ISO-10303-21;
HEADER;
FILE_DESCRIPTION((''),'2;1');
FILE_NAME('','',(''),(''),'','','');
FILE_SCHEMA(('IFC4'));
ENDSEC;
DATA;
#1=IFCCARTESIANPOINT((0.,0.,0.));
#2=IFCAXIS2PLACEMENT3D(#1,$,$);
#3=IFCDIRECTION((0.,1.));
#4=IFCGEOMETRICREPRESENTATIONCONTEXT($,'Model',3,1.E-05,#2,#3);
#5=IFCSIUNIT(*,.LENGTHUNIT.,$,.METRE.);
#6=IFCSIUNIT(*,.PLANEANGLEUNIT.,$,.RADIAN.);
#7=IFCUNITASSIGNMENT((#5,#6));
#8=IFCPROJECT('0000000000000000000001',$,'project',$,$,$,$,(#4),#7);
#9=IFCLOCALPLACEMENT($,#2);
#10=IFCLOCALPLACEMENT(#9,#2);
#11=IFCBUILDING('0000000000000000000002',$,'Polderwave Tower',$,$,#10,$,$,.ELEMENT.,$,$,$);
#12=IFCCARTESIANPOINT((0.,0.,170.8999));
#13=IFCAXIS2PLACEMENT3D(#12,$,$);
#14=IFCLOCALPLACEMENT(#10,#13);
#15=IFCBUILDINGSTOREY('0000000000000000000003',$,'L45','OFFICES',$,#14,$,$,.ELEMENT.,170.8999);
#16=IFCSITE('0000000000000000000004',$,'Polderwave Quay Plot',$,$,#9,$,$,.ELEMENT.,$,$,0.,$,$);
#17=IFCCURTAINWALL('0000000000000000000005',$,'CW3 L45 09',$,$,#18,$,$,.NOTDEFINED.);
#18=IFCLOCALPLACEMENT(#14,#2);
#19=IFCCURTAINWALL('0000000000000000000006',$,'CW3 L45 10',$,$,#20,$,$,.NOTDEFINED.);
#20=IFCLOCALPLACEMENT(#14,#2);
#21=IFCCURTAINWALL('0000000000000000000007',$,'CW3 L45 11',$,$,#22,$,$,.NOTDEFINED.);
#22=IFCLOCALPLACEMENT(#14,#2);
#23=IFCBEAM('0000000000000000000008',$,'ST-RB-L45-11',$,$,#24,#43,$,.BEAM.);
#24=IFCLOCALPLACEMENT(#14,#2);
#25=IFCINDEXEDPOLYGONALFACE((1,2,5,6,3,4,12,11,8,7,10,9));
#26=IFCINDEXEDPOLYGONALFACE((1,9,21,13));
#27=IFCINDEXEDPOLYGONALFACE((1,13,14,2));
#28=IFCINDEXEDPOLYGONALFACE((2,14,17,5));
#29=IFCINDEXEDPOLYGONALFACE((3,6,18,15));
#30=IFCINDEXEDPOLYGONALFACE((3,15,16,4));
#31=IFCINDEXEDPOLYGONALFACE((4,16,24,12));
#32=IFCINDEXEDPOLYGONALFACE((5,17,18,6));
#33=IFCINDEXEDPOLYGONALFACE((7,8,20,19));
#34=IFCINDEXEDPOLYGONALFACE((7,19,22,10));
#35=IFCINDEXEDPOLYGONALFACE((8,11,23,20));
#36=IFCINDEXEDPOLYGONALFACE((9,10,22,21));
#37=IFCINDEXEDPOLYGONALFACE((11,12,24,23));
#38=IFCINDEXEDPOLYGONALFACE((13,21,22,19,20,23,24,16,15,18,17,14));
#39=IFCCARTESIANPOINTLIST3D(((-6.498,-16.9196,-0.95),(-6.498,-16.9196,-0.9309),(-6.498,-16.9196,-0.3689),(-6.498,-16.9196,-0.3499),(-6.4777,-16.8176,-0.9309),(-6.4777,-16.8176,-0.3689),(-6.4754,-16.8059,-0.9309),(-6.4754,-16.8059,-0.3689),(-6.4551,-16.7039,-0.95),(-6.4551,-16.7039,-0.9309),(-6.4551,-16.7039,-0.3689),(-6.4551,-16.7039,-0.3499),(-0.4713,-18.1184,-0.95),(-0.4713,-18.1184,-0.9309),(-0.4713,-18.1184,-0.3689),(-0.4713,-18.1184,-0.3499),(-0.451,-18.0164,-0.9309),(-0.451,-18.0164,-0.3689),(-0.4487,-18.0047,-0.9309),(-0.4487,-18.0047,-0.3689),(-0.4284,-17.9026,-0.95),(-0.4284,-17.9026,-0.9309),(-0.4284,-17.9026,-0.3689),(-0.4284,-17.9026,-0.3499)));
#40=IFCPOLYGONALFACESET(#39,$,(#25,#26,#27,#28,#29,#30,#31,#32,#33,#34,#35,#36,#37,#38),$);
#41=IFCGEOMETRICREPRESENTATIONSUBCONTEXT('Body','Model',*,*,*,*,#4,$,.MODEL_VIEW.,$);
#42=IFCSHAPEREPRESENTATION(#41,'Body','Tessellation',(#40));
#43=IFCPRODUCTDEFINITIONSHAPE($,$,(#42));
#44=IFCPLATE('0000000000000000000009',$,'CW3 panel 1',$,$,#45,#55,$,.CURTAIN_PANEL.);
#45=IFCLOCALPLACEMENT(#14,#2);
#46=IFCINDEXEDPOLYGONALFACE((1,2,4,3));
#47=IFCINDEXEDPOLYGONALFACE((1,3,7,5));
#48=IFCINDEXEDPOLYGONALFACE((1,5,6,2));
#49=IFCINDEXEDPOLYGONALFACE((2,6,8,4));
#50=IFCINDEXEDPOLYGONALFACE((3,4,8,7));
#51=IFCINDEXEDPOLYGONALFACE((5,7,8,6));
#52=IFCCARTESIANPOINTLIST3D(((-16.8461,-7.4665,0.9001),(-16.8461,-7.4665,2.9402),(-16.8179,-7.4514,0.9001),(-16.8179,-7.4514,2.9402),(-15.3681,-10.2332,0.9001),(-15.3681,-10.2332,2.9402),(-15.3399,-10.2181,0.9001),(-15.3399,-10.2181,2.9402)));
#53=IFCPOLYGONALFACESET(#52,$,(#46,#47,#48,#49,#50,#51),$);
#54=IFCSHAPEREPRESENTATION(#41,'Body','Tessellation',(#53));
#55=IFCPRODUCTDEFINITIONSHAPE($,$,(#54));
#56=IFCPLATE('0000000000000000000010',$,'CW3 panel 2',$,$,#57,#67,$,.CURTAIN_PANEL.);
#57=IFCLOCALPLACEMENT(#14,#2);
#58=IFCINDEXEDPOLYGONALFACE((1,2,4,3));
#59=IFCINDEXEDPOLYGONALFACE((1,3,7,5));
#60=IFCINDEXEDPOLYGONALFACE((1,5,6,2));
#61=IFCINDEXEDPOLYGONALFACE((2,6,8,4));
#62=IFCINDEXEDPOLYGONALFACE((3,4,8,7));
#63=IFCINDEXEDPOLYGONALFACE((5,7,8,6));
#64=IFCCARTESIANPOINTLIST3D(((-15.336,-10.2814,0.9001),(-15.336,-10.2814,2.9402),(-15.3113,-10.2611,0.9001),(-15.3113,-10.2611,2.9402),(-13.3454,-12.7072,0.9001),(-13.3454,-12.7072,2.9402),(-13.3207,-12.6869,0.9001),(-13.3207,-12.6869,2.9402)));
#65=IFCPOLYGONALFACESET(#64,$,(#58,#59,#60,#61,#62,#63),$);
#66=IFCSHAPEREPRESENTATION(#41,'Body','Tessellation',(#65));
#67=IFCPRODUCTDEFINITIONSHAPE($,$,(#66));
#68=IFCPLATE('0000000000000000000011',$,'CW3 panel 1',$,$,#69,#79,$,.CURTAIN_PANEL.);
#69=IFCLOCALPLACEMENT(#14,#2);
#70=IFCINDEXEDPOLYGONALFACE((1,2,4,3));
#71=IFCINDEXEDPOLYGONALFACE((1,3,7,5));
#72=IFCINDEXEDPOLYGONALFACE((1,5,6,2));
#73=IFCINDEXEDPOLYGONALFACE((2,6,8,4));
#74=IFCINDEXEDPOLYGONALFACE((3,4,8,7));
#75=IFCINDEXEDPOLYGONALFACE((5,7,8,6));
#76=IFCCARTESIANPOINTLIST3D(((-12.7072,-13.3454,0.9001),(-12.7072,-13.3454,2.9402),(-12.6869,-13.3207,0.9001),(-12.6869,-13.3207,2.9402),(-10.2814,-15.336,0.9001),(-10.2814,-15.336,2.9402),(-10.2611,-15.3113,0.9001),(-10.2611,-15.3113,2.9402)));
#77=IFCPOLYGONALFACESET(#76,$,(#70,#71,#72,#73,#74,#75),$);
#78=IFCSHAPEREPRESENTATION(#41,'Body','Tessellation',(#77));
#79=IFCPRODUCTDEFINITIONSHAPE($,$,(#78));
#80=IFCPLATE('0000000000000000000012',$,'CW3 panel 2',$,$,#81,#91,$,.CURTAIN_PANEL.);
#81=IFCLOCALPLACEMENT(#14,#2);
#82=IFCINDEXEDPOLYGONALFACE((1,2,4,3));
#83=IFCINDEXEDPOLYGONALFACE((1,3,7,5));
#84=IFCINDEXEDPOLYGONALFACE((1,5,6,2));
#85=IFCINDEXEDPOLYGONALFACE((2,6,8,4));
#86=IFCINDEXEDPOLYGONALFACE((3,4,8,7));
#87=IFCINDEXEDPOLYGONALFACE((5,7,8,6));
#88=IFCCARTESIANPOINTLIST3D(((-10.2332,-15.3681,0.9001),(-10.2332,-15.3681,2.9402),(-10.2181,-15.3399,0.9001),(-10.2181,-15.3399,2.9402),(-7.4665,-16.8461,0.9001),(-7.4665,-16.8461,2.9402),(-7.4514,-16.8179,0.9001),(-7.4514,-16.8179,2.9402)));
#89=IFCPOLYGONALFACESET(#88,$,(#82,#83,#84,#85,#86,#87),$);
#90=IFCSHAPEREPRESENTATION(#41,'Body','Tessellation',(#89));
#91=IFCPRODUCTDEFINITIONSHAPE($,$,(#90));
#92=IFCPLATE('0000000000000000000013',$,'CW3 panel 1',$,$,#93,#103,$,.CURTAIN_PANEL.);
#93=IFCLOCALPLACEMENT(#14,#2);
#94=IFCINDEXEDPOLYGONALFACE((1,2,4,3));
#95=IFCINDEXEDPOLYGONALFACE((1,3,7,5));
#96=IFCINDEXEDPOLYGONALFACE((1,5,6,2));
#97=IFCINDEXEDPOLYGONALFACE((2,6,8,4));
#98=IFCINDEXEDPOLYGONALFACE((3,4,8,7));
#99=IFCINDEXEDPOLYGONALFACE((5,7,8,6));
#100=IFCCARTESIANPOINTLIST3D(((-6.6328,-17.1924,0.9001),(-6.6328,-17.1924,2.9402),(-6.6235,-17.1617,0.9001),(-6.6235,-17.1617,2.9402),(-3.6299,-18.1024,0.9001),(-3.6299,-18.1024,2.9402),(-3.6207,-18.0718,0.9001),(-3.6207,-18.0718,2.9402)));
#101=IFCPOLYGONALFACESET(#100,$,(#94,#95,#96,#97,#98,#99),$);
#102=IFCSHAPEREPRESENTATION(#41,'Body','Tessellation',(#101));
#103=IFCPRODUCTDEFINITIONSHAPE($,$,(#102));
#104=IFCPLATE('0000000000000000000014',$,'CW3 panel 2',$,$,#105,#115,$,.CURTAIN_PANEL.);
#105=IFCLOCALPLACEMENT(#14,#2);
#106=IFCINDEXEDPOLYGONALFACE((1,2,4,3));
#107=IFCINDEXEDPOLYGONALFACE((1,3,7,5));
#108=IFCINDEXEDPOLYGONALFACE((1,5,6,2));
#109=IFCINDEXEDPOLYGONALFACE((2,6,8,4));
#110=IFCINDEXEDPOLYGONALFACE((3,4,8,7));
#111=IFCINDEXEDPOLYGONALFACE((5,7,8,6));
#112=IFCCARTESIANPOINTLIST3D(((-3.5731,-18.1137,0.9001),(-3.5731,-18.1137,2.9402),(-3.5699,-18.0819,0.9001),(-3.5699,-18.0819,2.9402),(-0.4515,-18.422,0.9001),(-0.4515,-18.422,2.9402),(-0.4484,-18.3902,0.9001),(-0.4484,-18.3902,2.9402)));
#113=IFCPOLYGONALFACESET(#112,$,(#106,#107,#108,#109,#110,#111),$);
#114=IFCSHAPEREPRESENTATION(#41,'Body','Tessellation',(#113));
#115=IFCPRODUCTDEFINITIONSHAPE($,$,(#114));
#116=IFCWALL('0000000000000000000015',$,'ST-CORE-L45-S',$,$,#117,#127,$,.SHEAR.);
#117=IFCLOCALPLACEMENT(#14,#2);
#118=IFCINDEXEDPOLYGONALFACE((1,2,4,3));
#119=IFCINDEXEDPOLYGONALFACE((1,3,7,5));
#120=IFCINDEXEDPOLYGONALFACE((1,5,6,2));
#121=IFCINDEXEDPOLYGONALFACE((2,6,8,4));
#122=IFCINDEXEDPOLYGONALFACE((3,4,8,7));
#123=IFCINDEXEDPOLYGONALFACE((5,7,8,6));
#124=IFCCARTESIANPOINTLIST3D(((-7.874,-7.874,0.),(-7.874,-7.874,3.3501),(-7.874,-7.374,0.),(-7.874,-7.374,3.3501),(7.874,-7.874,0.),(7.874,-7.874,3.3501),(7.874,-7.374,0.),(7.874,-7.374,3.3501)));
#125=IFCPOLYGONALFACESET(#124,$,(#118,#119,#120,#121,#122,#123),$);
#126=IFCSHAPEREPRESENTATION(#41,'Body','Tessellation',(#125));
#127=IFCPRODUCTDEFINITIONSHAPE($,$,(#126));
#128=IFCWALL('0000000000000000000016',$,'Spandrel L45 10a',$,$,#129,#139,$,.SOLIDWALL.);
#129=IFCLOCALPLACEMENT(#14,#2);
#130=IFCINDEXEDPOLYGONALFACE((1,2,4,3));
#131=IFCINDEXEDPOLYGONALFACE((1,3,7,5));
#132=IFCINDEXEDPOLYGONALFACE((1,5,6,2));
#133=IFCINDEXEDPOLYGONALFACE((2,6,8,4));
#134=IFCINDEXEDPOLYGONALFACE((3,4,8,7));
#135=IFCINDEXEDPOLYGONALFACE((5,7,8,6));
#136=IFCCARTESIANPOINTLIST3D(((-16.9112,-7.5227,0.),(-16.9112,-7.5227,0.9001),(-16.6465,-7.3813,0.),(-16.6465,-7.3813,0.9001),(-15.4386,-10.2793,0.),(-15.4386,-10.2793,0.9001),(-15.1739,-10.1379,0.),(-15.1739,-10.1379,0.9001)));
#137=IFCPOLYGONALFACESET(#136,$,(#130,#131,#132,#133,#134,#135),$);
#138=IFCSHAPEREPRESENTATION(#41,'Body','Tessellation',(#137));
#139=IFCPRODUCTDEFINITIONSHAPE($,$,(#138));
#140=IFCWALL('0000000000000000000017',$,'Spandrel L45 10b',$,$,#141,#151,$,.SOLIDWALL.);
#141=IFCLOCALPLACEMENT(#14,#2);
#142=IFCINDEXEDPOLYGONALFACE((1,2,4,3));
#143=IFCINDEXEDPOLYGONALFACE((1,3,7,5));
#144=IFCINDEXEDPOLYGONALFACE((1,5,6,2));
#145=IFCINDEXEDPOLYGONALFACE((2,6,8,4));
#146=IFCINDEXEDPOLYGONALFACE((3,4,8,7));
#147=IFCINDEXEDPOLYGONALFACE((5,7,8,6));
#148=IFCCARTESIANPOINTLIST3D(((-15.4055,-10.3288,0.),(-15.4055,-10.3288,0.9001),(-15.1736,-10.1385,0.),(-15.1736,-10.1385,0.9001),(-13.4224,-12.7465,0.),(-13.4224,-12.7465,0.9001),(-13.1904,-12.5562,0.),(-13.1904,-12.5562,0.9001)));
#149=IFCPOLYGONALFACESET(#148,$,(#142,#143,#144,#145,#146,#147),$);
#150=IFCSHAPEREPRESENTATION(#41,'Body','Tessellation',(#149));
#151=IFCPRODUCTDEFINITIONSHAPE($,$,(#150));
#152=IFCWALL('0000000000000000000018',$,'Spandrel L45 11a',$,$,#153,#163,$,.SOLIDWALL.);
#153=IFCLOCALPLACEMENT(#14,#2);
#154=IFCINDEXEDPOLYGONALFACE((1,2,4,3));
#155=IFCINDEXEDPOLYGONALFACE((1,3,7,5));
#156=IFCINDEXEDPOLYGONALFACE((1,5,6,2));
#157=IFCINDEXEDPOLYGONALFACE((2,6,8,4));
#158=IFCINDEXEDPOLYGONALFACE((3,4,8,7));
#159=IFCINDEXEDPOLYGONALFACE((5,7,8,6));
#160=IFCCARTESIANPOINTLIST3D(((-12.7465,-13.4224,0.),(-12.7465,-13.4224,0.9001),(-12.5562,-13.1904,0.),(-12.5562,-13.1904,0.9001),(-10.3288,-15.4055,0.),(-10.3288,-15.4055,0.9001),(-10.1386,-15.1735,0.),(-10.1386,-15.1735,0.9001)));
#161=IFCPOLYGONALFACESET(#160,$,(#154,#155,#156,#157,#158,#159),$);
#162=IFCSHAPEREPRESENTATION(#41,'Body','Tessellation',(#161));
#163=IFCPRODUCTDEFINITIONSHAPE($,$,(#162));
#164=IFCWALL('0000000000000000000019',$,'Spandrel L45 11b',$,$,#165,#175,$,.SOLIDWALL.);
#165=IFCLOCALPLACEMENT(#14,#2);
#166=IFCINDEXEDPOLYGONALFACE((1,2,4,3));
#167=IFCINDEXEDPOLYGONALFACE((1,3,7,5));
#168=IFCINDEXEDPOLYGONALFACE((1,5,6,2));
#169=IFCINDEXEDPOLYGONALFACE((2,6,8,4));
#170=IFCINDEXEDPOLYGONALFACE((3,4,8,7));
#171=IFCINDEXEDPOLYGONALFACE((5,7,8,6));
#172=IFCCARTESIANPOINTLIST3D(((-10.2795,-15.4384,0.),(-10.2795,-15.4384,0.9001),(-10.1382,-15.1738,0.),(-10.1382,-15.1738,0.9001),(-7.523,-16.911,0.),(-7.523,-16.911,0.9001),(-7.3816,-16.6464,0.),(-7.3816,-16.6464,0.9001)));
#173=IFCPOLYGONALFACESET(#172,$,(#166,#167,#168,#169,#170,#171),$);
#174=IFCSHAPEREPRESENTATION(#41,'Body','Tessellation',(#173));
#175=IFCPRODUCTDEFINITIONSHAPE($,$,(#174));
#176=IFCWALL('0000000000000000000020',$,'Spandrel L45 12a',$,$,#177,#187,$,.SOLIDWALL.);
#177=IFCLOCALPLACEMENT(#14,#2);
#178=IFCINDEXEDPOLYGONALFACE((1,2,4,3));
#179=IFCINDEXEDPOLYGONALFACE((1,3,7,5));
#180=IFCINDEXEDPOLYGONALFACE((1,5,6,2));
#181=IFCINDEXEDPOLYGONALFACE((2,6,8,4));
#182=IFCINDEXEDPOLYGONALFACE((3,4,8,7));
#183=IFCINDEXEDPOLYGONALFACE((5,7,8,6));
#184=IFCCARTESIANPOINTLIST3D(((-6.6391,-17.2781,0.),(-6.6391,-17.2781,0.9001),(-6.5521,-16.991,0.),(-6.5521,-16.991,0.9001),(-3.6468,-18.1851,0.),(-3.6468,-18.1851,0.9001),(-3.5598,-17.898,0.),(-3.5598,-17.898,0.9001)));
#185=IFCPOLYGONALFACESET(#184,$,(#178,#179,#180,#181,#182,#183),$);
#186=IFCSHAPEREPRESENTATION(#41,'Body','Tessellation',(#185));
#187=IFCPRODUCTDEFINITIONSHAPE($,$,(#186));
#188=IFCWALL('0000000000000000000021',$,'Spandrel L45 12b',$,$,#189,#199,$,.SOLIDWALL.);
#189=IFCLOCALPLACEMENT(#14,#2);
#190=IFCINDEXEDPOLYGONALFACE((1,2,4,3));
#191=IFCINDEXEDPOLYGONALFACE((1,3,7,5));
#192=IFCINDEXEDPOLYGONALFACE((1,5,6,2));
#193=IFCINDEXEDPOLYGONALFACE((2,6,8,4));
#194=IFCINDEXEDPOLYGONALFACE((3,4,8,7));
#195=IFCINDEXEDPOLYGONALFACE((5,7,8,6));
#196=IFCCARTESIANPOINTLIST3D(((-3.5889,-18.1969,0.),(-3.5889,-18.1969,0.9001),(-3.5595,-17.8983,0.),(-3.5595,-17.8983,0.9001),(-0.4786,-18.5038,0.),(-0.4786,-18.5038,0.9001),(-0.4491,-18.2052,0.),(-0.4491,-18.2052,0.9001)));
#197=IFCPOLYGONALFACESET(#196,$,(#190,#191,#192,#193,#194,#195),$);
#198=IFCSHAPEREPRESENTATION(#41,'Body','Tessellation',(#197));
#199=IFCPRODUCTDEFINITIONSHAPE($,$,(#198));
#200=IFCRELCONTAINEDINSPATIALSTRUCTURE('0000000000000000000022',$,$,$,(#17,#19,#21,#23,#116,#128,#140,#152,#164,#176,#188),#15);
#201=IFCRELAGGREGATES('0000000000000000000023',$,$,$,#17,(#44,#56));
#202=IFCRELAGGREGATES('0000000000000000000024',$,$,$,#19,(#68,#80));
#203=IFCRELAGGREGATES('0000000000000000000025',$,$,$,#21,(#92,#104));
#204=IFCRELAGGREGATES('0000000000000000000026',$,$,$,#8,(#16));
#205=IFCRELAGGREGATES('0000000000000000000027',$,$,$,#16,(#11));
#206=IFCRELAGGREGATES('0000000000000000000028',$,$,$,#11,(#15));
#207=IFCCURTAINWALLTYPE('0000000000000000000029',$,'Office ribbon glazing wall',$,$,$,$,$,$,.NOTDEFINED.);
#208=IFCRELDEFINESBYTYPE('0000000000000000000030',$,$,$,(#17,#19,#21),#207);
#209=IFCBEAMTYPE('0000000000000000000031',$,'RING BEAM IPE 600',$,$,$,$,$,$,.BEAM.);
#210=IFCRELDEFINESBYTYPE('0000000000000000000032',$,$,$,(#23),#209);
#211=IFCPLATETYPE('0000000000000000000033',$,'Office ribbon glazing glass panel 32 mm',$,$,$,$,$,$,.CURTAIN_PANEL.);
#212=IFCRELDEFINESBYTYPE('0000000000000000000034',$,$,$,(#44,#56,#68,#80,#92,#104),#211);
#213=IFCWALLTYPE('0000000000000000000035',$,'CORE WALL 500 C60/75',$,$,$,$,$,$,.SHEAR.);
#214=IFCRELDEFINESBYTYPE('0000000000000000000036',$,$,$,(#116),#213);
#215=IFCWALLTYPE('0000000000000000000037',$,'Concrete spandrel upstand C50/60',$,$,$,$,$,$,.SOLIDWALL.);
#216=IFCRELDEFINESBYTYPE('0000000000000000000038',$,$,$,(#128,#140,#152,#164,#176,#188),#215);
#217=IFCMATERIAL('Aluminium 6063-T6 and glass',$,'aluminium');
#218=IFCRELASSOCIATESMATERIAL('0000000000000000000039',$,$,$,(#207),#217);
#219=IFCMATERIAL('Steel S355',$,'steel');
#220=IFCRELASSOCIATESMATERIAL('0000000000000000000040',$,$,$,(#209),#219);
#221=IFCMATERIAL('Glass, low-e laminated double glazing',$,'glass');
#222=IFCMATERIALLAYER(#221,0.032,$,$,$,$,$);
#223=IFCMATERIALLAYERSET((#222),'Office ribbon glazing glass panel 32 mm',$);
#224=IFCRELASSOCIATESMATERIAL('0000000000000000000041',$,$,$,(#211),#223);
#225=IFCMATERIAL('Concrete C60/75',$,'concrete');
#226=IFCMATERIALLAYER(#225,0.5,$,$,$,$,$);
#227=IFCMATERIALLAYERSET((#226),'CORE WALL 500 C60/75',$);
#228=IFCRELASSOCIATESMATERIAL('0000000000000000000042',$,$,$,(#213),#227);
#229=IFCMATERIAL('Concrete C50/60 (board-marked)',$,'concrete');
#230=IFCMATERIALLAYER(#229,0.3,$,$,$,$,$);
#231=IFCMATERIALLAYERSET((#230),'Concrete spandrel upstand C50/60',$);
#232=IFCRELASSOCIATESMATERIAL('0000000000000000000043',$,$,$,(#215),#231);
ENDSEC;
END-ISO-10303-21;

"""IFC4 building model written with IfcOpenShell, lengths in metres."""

from ifc_helpers import new_model, si_unit, direction, frame, frame_2d, origin, origin_2d, place, context, subcontext, project, spatial, rectangle, i_section, extrude, material, layer, layer_set, material_profile, profile_set, type_object, element, aggregate, save


model = new_model("IFC4")

# Units and contexts
model_context = context("Model", 3, precision=1e-05, world=origin(), true_north=direction((0.0, 1.0)))
body_context = subcontext(model_context, "Body", "Model", "MODEL_VIEW")
ifc_project = project(units=[si_unit("LENGTHUNIT", "METRE"), si_unit("PLANEANGLEUNIT", "RADIAN")], contexts=[model_context])

# Site, building, storey
site_placement = place(None, origin())
site = spatial("IfcSite", under=ifc_project, at=site_placement, Name="Polderwave Quay Plot", CompositionType="ELEMENT", RefElevation=0.0)
building_placement = place(site_placement, origin())
building = spatial("IfcBuilding", under=site, at=building_placement, Name="Polderwave Tower", CompositionType="ELEMENT")
storey_placement = place(building_placement, frame((0.0, 0.0, 170.8999)))
storey = spatial("IfcBuildingStorey", under=building, at=storey_placement, Name="L45", Description="OFFICES", CompositionType="ELEMENT", Elevation=170.8999)

# Shared definitions
ifc_material_1 = material(Name="Concrete C60/75", Category="concrete")

# Curtain walls
ifc_material_2 = material(Name="Aluminium 6063-T6 and glass", Category="aluminium")
curtain_wall_type = type_object("IfcCurtainWallType", Name="Office ribbon glazing wall", PredefinedType="NOTDEFINED", material=ifc_material_2)
curtain_wall_1_placement = place(storey_placement, origin())
curtain_wall_1 = element("IfcCurtainWall", 1, at=curtain_wall_1_placement, inside=storey, type_object=curtain_wall_type, Name="CW3 L45 09", PredefinedType="NOTDEFINED")
curtain_wall_2_placement = place(storey_placement, origin())
curtain_wall_2 = element("IfcCurtainWall", 2, at=curtain_wall_2_placement, inside=storey, type_object=curtain_wall_type, Name="CW3 L45 10", PredefinedType="NOTDEFINED")
curtain_wall_3_placement = place(storey_placement, origin())
curtain_wall_3 = element("IfcCurtainWall", 3, at=curtain_wall_3_placement, inside=storey, type_object=curtain_wall_type, Name="CW3 L45 11", PredefinedType="NOTDEFINED")

# Beam
ifc_material_3 = material(Name="Steel S355", Category="steel")
ifc_material_profile_1 = material_profile(ifc_material_3, i_section(OverallWidth=0.22, OverallDepth=0.6001, WebThickness=0.012, FlangeThickness=0.019, at=origin_2d()), Name="IPE 600")
ifc_profile_set_1 = profile_set([ifc_material_profile_1], Name="Steel S355")
beam_type = type_object("IfcBeamType", Name="RING BEAM IPE 600", PredefinedType="BEAM", material=ifc_profile_set_1)
for number, where, z_axis, x_axis, name in (
    (4, (-6.4766, -16.8118, -0.6499), (0.980786, -0.195085, 0.0), (0.195085, 0.980786, 0.0), "ST-RB-L45-11"),
):
    element("IfcBeam", number, at=place(storey_placement, frame(where, z_axis=z_axis, x_axis=x_axis)), inside=storey, type_object=beam_type, Name=name, PredefinedType="BEAM", context=body_context, shape_type="SweptSolid", body=[
        extrude(i_section(OverallWidth=0.22, OverallDepth=0.6001, WebThickness=0.012, FlangeThickness=0.019, at=origin_2d()), origin(), (0.0, 0.0, 1.0), 6.1448),
    ])

# Plates
ifc_material_4 = material(Name="Glass, low-e laminated double glazing", Category="glass")
ifc_layer_1 = layer(ifc_material_4, 0.032)
ifc_layer_set_1 = layer_set([ifc_layer_1], Name="Office ribbon glazing glass panel 32 mm")
plate_type = type_object("IfcPlateType", Name="Office ribbon glazing glass panel 32 mm", PredefinedType="CURTAIN_PANEL", material=ifc_layer_set_1)
plate_1_placement = place(storey_placement, frame((-16.093, -8.8423, 0.9001), z_axis=(0.0, 0.0, 1.0), x_axis=(0.471195, -0.882029, 0.0)))
plate_1 = element("IfcPlate", 5, at=plate_1_placement, type_object=plate_type, Name="CW3 panel 1", PredefinedType="CURTAIN_PANEL", context=body_context, shape_type="SweptSolid", body=[
    extrude(rectangle(XDim=3.1367, YDim=0.032, at=origin_2d()), origin(), (0.0, 0.0, 1.0), 2.04),
])
plate_2_placement = place(storey_placement, frame((-14.3284, -11.4841, 0.9001), z_axis=(0.0, 0.0, 1.0), x_axis=(0.634356, -0.773041, 0.0)))
plate_2 = element("IfcPlate", 6, at=plate_2_placement, type_object=plate_type, Name="CW3 panel 2", PredefinedType="CURTAIN_PANEL", context=body_context, shape_type="SweptSolid", body=[
    extrude(rectangle(XDim=3.1379, YDim=0.032, at=origin_2d()), origin(), (0.0, 0.0, 1.0), 2.04),
])
aggregate(curtain_wall_1, [plate_1, plate_2])
plate_3_placement = place(storey_placement, frame((-11.4841, -14.3284, 0.9001), z_axis=(0.0, 0.0, 1.0), x_axis=(0.773041, -0.634356, 0.0)))
plate_3 = element("IfcPlate", 7, at=plate_3_placement, type_object=plate_type, Name="CW3 panel 1", PredefinedType="CURTAIN_PANEL", context=body_context, shape_type="SweptSolid", body=[
    extrude(rectangle(XDim=3.1379, YDim=0.032, at=origin_2d()), origin(), (0.0, 0.0, 1.0), 2.04),
])
plate_4_placement = place(storey_placement, frame((-8.8423, -16.093, 0.9001), z_axis=(0.0, 0.0, 1.0), x_axis=(0.882029, -0.471195, 0.0)))
plate_4 = element("IfcPlate", 8, at=plate_4_placement, type_object=plate_type, Name="CW3 panel 2", PredefinedType="CURTAIN_PANEL", context=body_context, shape_type="SweptSolid", body=[
    extrude(rectangle(XDim=3.1367, YDim=0.032, at=origin_2d()), origin(), (0.0, 0.0, 1.0), 2.04),
])
aggregate(curtain_wall_2, [plate_3, plate_4])
plate_5_placement = place(storey_placement, frame((-5.1267, -17.6321, 0.9001), z_axis=(0.0, 0.0, 1.0), x_axis=(0.957014, -0.290042, 0.0)))
plate_5 = element("IfcPlate", 9, at=plate_5_placement, type_object=plate_type, Name="CW3 panel 1", PredefinedType="CURTAIN_PANEL", context=body_context, shape_type="SweptSolid", body=[
    extrude(rectangle(XDim=3.1377, YDim=0.032, at=origin_2d()), origin(), (0.0, 0.0, 1.0), 2.04),
])
plate_6_placement = place(storey_placement, frame((-2.0107, -18.252, 0.9001), z_axis=(0.0, 0.0, 1.0), x_axis=(0.995159, -0.098283, 0.0)))
plate_6 = element("IfcPlate", 10, at=plate_6_placement, type_object=plate_type, Name="CW3 panel 2", PredefinedType="CURTAIN_PANEL", context=body_context, shape_type="SweptSolid", body=[
    extrude(rectangle(XDim=3.1367, YDim=0.032, at=origin_2d()), origin(), (0.0, 0.0, 1.0), 2.04),
])
aggregate(curtain_wall_3, [plate_5, plate_6])

# Walls
ifc_layer_2 = layer(ifc_material_1, 0.5)
ifc_layer_set_2 = layer_set([ifc_layer_2], Name="CORE WALL 500 C60/75")
wall_type_1 = type_object("IfcWallType", Name="CORE WALL 500 C60/75", PredefinedType="SHEAR", material=ifc_layer_set_2)
wall_1_placement = place(storey_placement, frame((-7.874, -7.624, 0.0), z_axis=(0.0, 0.0, 1.0), x_axis=(1.0, 0.0, 0.0)))
element("IfcWall", 11, at=wall_1_placement, inside=storey, type_object=wall_type_1, Name="ST-CORE-L45-S", PredefinedType="SHEAR", context=body_context, shape_type="SweptSolid", body=[
    extrude(rectangle(XDim=15.748, YDim=0.5, at=frame_2d((7.874, 0.0))), origin(), (0.0, 0.0, 1.0), 3.3501),
])
ifc_material_5 = material(Name="Concrete C50/60 (board-marked)", Category="concrete")
ifc_layer_3 = layer(ifc_material_5, 0.3)
ifc_layer_set_3 = layer_set([ifc_layer_3], Name="Concrete spandrel upstand C50/60")
wall_type_2 = type_object("IfcWallType", Name="Concrete spandrel upstand C50/60", PredefinedType="SOLIDWALL", material=ifc_layer_set_3)
wall_2_placement = place(storey_placement, frame((-16.7788, -7.4521, 0.0), z_axis=(0.0, 0.0, 1.0), x_axis=(0.471204, -0.882024, 0.0)))
element("IfcWall", 12, at=wall_2_placement, inside=storey, type_object=wall_type_2, Name="Spandrel L45 10a", PredefinedType="SOLIDWALL", context=body_context, shape_type="SweptSolid", body=[
    extrude(rectangle(XDim=3.1252, YDim=0.3, at=frame_2d((1.5625, 0.0))), origin(), (0.0, 0.0, 1.0), 0.9001),
])
for number, where, z_axis, x_axis, name in (
    (13, (-15.2896, -10.2336, 0.0), (0.0, 0.0, 1.0), (0.634198, -0.773171, 0.0), "Spandrel L45 10b"),
    (14, (-12.6514, -13.3064, 0.0), (0.0, 0.0, 1.0), (0.773171, -0.634198, 0.0), "Spandrel L45 11a"),
):
    element("IfcWall", number, at=place(storey_placement, frame(where, z_axis=z_axis, x_axis=x_axis)), inside=storey, type_object=wall_type_2, Name=name, PredefinedType="SOLIDWALL", context=body_context, shape_type="SweptSolid", body=[
        extrude(rectangle(XDim=3.127, YDim=0.3, at=frame_2d((1.5635, 0.0))), origin(), (0.0, 0.0, 1.0), 0.9001),
    ])
wall_3_placement = place(storey_placement, frame((-10.2087, -15.3062, 0.0), z_axis=(0.0, 0.0, 1.0), x_axis=(0.882024, -0.471204, 0.0)))
element("IfcWall", 15, at=wall_3_placement, inside=storey, type_object=wall_type_2, Name="Spandrel L45 11b", PredefinedType="SOLIDWALL", context=body_context, shape_type="SweptSolid", body=[
    extrude(rectangle(XDim=3.1252, YDim=0.3, at=frame_2d((1.5625, 0.0))), origin(), (0.0, 0.0, 1.0), 0.9001),
])
wall_4_placement = place(storey_placement, frame((-6.5957, -17.1345, 0.0), z_axis=(0.0, 0.0, 1.0), x_axis=(0.957001, -0.290083, 0.0)))
element("IfcWall", 16, at=wall_4_placement, inside=storey, type_object=wall_type_2, Name="Spandrel L45 12a", PredefinedType="SOLIDWALL", context=body_context, shape_type="SweptSolid", body=[
    extrude(rectangle(XDim=3.1267, YDim=0.3, at=frame_2d((1.5635, 0.0))), origin(), (0.0, 0.0, 1.0), 0.9001),
])
wall_5_placement = place(storey_placement, frame((-3.5742, -18.0476, 0.0), z_axis=(0.0, 0.0, 1.0), x_axis=(0.995168, -0.098189, 0.0)))
element("IfcWall", 17, at=wall_5_placement, inside=storey, type_object=wall_type_2, Name="Spandrel L45 12b", PredefinedType="SOLIDWALL", context=body_context, shape_type="SweptSolid", body=[
    extrude(rectangle(XDim=3.1255, YDim=0.3, at=frame_2d((1.5627, 0.0))), origin(), (0.0, 0.0, 1.0), 0.9001),
])

save(model, "model.ifc")
